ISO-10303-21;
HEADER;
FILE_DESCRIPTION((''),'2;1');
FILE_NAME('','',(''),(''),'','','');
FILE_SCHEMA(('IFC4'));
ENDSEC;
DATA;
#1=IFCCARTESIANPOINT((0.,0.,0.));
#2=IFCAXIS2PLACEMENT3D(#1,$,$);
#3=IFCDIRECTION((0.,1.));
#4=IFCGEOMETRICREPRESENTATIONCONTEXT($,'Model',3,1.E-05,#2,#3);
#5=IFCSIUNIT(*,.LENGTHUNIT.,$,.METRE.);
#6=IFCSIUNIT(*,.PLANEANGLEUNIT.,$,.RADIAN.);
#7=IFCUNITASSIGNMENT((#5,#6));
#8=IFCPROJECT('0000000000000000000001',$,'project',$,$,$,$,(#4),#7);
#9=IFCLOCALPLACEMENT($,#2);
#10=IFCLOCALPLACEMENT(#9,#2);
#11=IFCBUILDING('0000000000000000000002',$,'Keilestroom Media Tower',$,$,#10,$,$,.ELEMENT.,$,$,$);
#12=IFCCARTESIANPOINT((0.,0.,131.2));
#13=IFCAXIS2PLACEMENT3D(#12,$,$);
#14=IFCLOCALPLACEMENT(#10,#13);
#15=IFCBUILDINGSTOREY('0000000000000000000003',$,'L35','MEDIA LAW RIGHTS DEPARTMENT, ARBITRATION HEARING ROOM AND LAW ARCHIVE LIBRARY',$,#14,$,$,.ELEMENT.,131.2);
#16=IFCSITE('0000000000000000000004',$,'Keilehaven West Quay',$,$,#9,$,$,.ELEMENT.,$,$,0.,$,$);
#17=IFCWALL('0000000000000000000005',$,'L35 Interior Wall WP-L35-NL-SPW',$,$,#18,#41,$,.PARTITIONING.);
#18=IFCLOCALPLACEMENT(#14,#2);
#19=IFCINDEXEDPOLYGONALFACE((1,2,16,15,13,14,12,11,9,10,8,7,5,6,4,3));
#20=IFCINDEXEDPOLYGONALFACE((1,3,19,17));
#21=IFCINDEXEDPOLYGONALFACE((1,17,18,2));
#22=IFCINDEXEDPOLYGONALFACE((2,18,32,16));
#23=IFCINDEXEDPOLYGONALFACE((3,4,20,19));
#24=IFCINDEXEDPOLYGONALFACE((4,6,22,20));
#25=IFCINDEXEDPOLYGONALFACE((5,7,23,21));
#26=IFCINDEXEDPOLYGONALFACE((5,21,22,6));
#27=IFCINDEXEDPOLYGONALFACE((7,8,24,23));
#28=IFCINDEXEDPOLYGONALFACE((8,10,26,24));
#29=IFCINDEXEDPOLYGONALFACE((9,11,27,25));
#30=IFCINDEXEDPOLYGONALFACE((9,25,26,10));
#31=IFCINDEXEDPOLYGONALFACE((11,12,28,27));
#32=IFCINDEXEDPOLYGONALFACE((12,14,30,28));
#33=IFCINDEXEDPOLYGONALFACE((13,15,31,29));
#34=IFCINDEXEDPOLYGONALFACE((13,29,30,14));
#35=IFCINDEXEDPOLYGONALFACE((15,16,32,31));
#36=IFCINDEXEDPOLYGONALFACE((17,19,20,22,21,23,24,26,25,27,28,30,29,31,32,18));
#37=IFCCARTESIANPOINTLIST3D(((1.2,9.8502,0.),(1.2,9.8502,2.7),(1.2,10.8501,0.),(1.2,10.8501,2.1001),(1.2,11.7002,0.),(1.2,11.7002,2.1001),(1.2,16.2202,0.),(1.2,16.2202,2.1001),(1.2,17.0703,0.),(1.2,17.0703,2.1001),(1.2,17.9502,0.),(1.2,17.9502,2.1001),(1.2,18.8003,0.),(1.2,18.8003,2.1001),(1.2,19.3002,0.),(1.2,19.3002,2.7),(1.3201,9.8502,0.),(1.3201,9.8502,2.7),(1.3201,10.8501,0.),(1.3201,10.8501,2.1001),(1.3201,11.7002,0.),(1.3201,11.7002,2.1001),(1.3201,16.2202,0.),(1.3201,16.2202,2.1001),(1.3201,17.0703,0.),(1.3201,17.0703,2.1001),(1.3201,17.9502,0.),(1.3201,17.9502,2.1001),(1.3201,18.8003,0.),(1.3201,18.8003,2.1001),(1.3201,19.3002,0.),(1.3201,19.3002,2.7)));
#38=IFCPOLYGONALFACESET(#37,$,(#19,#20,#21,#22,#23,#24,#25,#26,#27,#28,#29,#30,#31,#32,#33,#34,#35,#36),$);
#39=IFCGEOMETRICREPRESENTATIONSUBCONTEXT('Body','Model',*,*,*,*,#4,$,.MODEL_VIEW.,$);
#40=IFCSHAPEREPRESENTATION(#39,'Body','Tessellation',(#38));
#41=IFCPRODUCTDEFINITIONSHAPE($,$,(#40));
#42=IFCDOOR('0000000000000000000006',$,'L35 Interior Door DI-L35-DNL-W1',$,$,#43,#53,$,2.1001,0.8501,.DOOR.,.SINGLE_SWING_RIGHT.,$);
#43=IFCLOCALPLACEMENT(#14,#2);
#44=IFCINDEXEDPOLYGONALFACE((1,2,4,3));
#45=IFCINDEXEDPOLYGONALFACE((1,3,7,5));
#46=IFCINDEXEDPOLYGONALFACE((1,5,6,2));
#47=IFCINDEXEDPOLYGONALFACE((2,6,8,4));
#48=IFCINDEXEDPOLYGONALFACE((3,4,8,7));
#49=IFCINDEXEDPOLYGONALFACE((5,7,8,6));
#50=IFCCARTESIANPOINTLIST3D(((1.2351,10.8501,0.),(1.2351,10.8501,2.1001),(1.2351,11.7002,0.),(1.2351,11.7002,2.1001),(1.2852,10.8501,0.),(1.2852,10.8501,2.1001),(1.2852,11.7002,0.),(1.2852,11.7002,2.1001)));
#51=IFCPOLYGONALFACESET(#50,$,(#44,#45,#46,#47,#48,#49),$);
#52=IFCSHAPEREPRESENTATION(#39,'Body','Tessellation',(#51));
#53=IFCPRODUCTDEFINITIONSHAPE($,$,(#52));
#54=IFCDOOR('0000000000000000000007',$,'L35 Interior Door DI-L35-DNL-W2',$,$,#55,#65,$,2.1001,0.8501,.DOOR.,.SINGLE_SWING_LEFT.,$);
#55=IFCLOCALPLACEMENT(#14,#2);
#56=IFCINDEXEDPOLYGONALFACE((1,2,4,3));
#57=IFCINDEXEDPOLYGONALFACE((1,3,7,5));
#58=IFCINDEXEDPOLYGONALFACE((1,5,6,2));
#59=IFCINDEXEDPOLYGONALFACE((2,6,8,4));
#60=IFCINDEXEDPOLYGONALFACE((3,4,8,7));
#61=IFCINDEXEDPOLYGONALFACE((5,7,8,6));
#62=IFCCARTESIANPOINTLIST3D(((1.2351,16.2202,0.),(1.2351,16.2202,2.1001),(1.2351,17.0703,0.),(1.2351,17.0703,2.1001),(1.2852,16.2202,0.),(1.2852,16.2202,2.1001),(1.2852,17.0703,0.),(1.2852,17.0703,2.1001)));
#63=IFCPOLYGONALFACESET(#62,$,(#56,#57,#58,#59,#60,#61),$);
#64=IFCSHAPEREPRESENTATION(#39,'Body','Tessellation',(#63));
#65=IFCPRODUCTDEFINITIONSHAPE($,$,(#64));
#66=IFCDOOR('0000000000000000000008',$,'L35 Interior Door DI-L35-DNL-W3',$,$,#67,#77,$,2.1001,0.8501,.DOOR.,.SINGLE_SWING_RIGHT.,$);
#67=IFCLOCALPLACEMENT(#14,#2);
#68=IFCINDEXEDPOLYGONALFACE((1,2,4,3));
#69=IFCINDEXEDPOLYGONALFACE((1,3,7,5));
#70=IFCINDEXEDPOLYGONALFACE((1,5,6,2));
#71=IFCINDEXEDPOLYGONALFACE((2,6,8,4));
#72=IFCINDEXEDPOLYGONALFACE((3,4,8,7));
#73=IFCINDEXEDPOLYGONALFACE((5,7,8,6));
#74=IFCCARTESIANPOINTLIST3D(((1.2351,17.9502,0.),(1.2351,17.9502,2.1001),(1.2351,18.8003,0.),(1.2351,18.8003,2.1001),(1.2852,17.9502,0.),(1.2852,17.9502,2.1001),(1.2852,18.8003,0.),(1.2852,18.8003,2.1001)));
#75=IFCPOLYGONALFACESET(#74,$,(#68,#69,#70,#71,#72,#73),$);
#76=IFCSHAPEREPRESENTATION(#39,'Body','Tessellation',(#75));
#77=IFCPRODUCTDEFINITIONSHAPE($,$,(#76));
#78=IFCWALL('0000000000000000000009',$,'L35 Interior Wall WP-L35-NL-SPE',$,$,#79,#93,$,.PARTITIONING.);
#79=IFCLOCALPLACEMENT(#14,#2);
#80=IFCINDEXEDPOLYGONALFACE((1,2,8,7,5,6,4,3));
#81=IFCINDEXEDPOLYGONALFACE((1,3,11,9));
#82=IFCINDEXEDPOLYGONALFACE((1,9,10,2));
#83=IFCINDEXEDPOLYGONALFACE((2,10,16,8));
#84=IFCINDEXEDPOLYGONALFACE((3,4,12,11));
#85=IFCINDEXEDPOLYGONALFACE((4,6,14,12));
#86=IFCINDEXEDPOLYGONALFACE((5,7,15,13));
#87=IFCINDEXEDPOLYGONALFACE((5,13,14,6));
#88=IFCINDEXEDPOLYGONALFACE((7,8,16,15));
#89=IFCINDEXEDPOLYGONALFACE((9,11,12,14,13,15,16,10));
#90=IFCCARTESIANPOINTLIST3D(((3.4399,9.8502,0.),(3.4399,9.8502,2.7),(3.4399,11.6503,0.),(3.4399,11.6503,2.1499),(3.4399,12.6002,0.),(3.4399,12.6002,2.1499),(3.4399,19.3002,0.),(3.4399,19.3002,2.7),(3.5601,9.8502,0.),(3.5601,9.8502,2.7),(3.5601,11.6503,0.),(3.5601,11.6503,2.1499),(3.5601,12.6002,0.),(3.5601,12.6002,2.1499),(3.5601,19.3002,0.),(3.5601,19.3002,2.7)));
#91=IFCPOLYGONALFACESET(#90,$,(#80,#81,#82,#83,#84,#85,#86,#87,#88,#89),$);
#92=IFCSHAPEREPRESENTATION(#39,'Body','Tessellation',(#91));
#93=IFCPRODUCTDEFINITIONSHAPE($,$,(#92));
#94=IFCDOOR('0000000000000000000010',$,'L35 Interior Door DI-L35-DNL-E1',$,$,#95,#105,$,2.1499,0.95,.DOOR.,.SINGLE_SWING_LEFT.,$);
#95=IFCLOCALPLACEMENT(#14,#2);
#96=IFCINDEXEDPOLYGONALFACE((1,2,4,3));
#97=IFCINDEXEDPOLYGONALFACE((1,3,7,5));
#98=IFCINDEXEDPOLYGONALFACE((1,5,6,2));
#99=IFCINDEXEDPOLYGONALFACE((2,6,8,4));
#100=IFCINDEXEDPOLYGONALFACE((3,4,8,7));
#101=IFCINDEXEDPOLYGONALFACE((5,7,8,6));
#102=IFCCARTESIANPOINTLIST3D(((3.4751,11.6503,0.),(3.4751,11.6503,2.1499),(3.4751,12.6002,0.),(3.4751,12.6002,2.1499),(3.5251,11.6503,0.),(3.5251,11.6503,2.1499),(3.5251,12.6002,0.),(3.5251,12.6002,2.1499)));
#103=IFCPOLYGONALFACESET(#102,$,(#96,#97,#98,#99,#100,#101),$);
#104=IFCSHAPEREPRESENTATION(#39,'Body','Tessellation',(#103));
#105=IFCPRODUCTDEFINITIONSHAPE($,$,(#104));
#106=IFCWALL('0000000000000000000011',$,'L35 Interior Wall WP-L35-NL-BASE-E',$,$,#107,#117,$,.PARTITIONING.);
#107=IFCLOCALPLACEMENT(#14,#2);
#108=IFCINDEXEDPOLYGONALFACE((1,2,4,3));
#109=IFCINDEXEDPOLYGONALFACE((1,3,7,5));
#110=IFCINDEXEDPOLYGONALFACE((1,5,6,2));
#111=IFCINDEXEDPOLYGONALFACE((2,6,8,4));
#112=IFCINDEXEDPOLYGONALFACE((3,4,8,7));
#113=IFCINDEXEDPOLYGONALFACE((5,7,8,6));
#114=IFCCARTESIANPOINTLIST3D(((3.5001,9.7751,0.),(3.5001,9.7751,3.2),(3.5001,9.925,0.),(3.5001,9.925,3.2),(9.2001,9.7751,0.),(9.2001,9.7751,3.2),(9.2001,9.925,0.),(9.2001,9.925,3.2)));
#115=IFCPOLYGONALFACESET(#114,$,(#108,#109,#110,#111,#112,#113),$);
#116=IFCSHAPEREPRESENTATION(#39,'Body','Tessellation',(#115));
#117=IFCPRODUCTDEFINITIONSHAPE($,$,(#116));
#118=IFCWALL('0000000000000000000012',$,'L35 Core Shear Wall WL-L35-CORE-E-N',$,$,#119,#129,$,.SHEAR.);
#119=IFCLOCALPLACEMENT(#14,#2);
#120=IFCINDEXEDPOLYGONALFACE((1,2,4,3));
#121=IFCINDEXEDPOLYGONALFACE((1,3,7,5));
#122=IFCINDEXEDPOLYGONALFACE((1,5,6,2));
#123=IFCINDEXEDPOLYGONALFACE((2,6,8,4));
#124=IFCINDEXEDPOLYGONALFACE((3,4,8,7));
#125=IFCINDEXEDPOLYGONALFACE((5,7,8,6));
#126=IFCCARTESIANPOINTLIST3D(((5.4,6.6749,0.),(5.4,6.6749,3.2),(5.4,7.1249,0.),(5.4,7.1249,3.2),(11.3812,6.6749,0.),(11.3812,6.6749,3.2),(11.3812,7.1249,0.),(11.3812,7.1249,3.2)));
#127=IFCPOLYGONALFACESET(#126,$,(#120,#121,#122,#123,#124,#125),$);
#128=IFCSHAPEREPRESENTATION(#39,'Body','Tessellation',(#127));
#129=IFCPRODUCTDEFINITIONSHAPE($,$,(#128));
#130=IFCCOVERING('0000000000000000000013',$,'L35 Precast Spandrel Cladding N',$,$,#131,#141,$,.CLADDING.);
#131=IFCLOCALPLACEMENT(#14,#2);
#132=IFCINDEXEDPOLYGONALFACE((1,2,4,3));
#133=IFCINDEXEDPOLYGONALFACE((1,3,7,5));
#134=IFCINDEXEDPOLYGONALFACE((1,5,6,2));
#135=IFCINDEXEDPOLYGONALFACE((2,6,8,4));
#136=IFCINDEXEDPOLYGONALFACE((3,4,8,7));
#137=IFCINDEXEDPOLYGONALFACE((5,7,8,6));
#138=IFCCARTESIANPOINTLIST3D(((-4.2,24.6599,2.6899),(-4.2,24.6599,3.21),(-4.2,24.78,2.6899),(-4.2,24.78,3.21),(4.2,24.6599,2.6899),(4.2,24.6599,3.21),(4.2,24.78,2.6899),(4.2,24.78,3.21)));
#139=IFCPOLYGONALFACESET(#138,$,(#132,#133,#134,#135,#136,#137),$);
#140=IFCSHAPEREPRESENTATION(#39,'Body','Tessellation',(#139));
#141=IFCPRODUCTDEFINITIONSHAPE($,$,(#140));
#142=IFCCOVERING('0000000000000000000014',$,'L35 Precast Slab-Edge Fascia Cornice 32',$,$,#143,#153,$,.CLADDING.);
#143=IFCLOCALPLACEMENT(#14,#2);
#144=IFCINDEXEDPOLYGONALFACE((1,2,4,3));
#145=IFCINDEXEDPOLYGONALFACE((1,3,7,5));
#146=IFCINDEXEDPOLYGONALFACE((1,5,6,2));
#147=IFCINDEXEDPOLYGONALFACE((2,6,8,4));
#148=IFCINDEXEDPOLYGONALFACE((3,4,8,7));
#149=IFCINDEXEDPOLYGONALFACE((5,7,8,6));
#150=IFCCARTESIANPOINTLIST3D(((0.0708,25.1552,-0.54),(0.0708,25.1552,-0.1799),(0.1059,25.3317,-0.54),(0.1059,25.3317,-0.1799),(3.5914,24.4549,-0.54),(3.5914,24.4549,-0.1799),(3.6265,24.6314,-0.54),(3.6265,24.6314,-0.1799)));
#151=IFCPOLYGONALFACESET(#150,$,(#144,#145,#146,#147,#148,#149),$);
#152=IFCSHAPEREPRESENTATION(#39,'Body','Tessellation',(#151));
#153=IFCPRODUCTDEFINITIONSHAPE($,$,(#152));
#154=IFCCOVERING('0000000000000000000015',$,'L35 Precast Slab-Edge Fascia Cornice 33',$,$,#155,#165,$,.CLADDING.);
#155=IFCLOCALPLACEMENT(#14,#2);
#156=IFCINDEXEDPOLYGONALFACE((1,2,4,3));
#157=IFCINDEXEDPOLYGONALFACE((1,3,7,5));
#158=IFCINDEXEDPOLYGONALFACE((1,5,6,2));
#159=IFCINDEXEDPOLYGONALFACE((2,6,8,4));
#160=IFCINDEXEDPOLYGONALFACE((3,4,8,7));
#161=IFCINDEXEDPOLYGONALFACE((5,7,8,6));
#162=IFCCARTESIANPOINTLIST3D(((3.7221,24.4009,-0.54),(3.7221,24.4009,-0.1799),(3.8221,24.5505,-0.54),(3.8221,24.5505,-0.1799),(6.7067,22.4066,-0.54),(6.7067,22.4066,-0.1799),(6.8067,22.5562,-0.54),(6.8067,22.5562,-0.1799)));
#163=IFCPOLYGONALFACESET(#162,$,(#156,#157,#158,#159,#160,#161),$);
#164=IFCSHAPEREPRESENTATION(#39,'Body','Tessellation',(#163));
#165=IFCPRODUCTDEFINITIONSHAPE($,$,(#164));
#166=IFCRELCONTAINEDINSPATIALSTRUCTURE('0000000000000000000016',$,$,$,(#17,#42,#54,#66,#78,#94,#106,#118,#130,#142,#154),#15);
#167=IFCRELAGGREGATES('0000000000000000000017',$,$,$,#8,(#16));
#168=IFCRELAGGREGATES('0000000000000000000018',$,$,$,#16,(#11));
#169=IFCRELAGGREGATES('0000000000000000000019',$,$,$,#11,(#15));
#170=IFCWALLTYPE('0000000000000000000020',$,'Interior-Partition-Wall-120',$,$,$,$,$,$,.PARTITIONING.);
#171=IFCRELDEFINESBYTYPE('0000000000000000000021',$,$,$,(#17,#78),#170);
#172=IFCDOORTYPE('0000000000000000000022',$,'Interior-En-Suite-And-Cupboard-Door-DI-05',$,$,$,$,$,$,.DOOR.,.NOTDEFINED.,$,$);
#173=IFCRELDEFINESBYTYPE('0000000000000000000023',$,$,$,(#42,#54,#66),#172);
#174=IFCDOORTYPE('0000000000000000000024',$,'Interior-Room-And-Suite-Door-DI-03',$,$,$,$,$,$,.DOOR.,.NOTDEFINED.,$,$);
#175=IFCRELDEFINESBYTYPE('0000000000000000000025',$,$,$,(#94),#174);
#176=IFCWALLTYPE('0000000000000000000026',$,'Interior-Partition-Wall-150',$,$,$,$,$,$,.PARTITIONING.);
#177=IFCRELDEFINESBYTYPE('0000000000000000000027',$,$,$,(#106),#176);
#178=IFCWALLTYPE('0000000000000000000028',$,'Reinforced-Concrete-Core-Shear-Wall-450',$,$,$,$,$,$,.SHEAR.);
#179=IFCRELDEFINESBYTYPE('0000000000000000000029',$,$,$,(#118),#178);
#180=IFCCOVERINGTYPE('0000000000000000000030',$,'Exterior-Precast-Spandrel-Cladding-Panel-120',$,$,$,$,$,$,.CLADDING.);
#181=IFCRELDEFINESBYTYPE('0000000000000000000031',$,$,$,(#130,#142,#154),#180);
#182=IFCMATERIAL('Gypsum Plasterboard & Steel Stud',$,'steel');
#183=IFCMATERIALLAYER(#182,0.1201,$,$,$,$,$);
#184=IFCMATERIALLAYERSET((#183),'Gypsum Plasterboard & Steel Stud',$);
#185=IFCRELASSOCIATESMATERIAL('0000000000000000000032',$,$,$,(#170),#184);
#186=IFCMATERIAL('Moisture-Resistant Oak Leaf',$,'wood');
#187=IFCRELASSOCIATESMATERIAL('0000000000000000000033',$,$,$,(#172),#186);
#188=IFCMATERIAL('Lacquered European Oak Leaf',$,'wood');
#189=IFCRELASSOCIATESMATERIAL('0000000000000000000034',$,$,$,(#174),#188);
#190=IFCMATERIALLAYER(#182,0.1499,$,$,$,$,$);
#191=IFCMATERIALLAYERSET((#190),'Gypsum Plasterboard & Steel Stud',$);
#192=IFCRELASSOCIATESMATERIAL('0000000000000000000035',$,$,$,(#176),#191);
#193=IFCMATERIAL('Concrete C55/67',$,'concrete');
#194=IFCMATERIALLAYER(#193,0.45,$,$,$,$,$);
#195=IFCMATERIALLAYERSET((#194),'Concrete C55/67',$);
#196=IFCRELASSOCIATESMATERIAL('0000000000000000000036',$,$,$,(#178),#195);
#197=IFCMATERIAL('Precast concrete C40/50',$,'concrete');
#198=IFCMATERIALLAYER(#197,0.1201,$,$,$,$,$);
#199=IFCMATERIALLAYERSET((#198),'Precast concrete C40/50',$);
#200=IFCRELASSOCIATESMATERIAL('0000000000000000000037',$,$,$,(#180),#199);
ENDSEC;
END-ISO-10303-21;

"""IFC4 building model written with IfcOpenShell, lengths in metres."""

from ifc_helpers import new_model, si_unit, direction, frame, frame_2d, origin, origin_2d, place, context, subcontext, project, spatial, rectangle, extrude, source, transform, mapped, material, layer, layer_set, type_object, element, fill, save


model = new_model("IFC4")

# Units and contexts
model_context = context("Model", 3, precision=1e-05, world=origin(), true_north=direction((0.0, 1.0)))
body_context = subcontext(model_context, "Body", "Model", "MODEL_VIEW")
ifc_project = project(units=[si_unit("LENGTHUNIT", "METRE"), si_unit("PLANEANGLEUNIT", "RADIAN")], contexts=[model_context])

# Site, building, storey
site_placement = place(None, origin())
site = spatial("IfcSite", under=ifc_project, at=site_placement, Name="Keilehaven West Quay", CompositionType="ELEMENT", RefElevation=0.0)
building_placement = place(site_placement, origin())
building = spatial("IfcBuilding", under=site, at=building_placement, Name="Keilestroom Media Tower", CompositionType="ELEMENT")
storey_placement = place(building_placement, frame((0.0, 0.0, 131.2)))
storey = spatial("IfcBuildingStorey", under=building, at=storey_placement, Name="L35", Description="MEDIA LAW RIGHTS DEPARTMENT, ARBITRATION HEARING ROOM AND LAW ARCHIVE LIBRARY", CompositionType="ELEMENT", Elevation=131.2)

# Shared definitions
ifc_material_1 = material(Name="Concrete C55/67", Category="concrete")

# Shared definitions
ifc_material_2 = material(Name="Precast concrete C40/50", Category="concrete")

# Wall, openings, doors
ifc_material_3 = material(Name="Gypsum Plasterboard & Steel Stud", Category="steel")
ifc_layer_1 = layer(ifc_material_3, 0.1201)
ifc_layer_set_1 = layer_set([ifc_layer_1], Name="Gypsum Plasterboard & Steel Stud")
wall_type_1 = type_object("IfcWallType", Name="Interior-Partition-Wall-120", PredefinedType="PARTITIONING", material=ifc_layer_set_1)
wall_1_placement = place(storey_placement, frame((1.26, 9.8501, 0.0), z_axis=(0.0, 0.0, 1.0), x_axis=(0.0, 1.0, 0.0)))
wall_1 = element("IfcWall", 1, at=wall_1_placement, inside=storey, type_object=wall_type_1, Name="L35 Interior Wall WP-L35-NL-SPW", PredefinedType="PARTITIONING", context=body_context, shape_type="SweptSolid", body=[
    extrude(rectangle(XDim=9.45, YDim=0.1201, at=frame_2d((4.7251, 0.0))), origin(), (0.0, 0.0, 1.0), 2.7),
])
opening_1_placement = place(wall_1_placement, frame((1.0, 0.0, 0.0)))
opening_1 = element("IfcOpeningElement", 2, at=opening_1_placement, cuts=wall_1, PredefinedType="OPENING", context=body_context, shape_type="SweptSolid", body=[
    extrude(rectangle(XDim=0.8501, YDim=2.1001, at=frame_2d((0.425, 1.05))), frame((0.0, 0.0701, 0.0), z_axis=(0.0, -1.0, 0.0), x_axis=(1.0, 0.0, 0.0)), (0.0, 0.0, 1.0), 0.1401),
])
opening_2_placement = place(wall_1_placement, frame((6.3701, 0.0, 0.0)))
opening_2 = element("IfcOpeningElement", 3, at=opening_2_placement, cuts=wall_1, PredefinedType="OPENING", context=body_context, shape_type="SweptSolid", body=[
    extrude(rectangle(XDim=0.8501, YDim=2.1001, at=frame_2d((0.425, 1.05))), frame((0.0, 0.0701, 0.0), z_axis=(0.0, -1.0, 0.0), x_axis=(1.0, 0.0, 0.0)), (0.0, 0.0, 1.0), 0.1401),
])
opening_3_placement = place(wall_1_placement, frame((8.1001, 0.0, 0.0)))
opening_3 = element("IfcOpeningElement", 4, at=opening_3_placement, cuts=wall_1, PredefinedType="OPENING", context=body_context, shape_type="SweptSolid", body=[
    extrude(rectangle(XDim=0.8501, YDim=2.1001, at=frame_2d((0.425, 1.05))), frame((0.0, 0.0701, 0.0), z_axis=(0.0, -1.0, 0.0), x_axis=(1.0, 0.0, 0.0)), (0.0, 0.0, 1.0), 0.1401),
])
ifc_material_4 = material(Name="Moisture-Resistant Oak Leaf", Category="wood")
door_type_1 = type_object("IfcDoorType", Name="Interior-En-Suite-And-Cupboard-Door-DI-05", OperationType="NOTDEFINED", PredefinedType="DOOR", material=ifc_material_4)
shared_shape_1 = source(origin(), body_context, "Body", "SweptSolid", [
    extrude(rectangle(XDim=0.8501, YDim=2.1001, at=frame_2d((0.425, 1.05))), frame((0.0, 0.0249, 0.0), z_axis=(0.0, -1.0, 0.0), x_axis=(1.0, 0.0, 0.0)), (0.0, 0.0, 1.0), 0.05),
])
door_1_placement = place(opening_1_placement, origin())
door_1 = element("IfcDoor", 5, at=door_1_placement, inside=storey, type_object=door_type_1, Name="L35 Interior Door DI-L35-DNL-W1", OperationType="SINGLE_SWING_RIGHT", OverallHeight=2.1001, OverallWidth=0.8501, PredefinedType="DOOR", context=body_context, shape_type="MappedRepresentation", body=[
    mapped(shared_shape_1, transform((0.0, 0.0, 0.0), x_axis=(1.0, 0.0, 0.0), y_axis=(0.0, 1.0, 0.0), z_axis=(0.0, 0.0, 1.0), scale=1.0)),
])
fill(opening_1, door_1)
door_2_placement = place(opening_2_placement, origin())
door_2 = element("IfcDoor", 6, at=door_2_placement, inside=storey, type_object=door_type_1, Name="L35 Interior Door DI-L35-DNL-W2", OperationType="SINGLE_SWING_LEFT", OverallHeight=2.1001, OverallWidth=0.8501, PredefinedType="DOOR", context=body_context, shape_type="MappedRepresentation", body=[
    mapped(shared_shape_1, transform((0.0, 0.0, 0.0), x_axis=(1.0, 0.0, 0.0), y_axis=(0.0, 1.0, 0.0), z_axis=(0.0, 0.0, 1.0), scale=1.0)),
])
fill(opening_2, door_2)
door_3_placement = place(opening_3_placement, origin())
door_3 = element("IfcDoor", 7, at=door_3_placement, inside=storey, type_object=door_type_1, Name="L35 Interior Door DI-L35-DNL-W3", OperationType="SINGLE_SWING_RIGHT", OverallHeight=2.1001, OverallWidth=0.8501, PredefinedType="DOOR", context=body_context, shape_type="MappedRepresentation", body=[
    mapped(shared_shape_1, transform((0.0, 0.0, 0.0), x_axis=(1.0, 0.0, 0.0), y_axis=(0.0, 1.0, 0.0), z_axis=(0.0, 0.0, 1.0), scale=1.0)),
])
fill(opening_3, door_3)

# Wall, opening, door
wall_2_placement = place(storey_placement, frame((3.5, 9.8501, 0.0), z_axis=(0.0, 0.0, 1.0), x_axis=(0.0, 1.0, 0.0)))
wall_2 = element("IfcWall", 8, at=wall_2_placement, inside=storey, type_object=wall_type_1, Name="L35 Interior Wall WP-L35-NL-SPE", PredefinedType="PARTITIONING", context=body_context, shape_type="SweptSolid", body=[
    extrude(rectangle(XDim=9.45, YDim=0.1201, at=frame_2d((4.7251, 0.0))), origin(), (0.0, 0.0, 1.0), 2.7),
])
opening_4_placement = place(wall_2_placement, frame((1.8, 0.0, 0.0)))
opening_4 = element("IfcOpeningElement", 9, at=opening_4_placement, cuts=wall_2, PredefinedType="OPENING", context=body_context, shape_type="SweptSolid", body=[
    extrude(rectangle(XDim=0.95, YDim=2.1499, at=frame_2d((0.4751, 1.075))), frame((0.0, 0.0701, 0.0), z_axis=(0.0, -1.0, 0.0), x_axis=(1.0, 0.0, 0.0)), (0.0, 0.0, 1.0), 0.1401),
])
ifc_material_5 = material(Name="Lacquered European Oak Leaf", Category="wood")
door_type_2 = type_object("IfcDoorType", Name="Interior-Room-And-Suite-Door-DI-03", OperationType="NOTDEFINED", PredefinedType="DOOR", material=ifc_material_5)
shared_shape_2 = source(origin(), body_context, "Body", "SweptSolid", [
    extrude(rectangle(XDim=0.95, YDim=2.1499, at=frame_2d((0.4751, 1.075))), frame((0.0, 0.0249, 0.0), z_axis=(0.0, -1.0, 0.0), x_axis=(1.0, 0.0, 0.0)), (0.0, 0.0, 1.0), 0.05),
])
door_4_placement = place(opening_4_placement, origin())
door_4 = element("IfcDoor", 10, at=door_4_placement, inside=storey, type_object=door_type_2, Name="L35 Interior Door DI-L35-DNL-E1", OperationType="SINGLE_SWING_LEFT", OverallHeight=2.1499, OverallWidth=0.95, PredefinedType="DOOR", context=body_context, shape_type="MappedRepresentation", body=[
    mapped(shared_shape_2, transform((0.0, 0.0, 0.0), x_axis=(1.0, 0.0, 0.0), y_axis=(0.0, 1.0, 0.0), z_axis=(0.0, 0.0, 1.0), scale=1.0)),
])
fill(opening_4, door_4)

# Walls
ifc_layer_2 = layer(ifc_material_3, 0.1499)
ifc_layer_set_2 = layer_set([ifc_layer_2], Name="Gypsum Plasterboard & Steel Stud")
wall_type_2 = type_object("IfcWallType", Name="Interior-Partition-Wall-150", PredefinedType="PARTITIONING", material=ifc_layer_set_2)
wall_3_placement = place(storey_placement, frame((3.5, 9.8501, 0.0), z_axis=(0.0, 0.0, 1.0), x_axis=(1.0, 0.0, 0.0)))
element("IfcWall", 11, at=wall_3_placement, inside=storey, type_object=wall_type_2, Name="L35 Interior Wall WP-L35-NL-BASE-E", PredefinedType="PARTITIONING", context=body_context, shape_type="SweptSolid", body=[
    extrude(rectangle(XDim=5.7, YDim=0.1499, at=frame_2d((2.8501, 0.0))), origin(), (0.0, 0.0, 1.0), 3.2),
])
ifc_layer_3 = layer(ifc_material_1, 0.45)
ifc_layer_set_3 = layer_set([ifc_layer_3], Name="Concrete C55/67")
wall_type_3 = type_object("IfcWallType", Name="Reinforced-Concrete-Core-Shear-Wall-450", PredefinedType="SHEAR", material=ifc_layer_set_3)
wall_4_placement = place(storey_placement, frame((5.3999, 6.8999, 0.0), z_axis=(0.0, 0.0, 1.0), x_axis=(1.0, 0.0, 0.0)))
element("IfcWall", 12, at=wall_4_placement, inside=storey, type_object=wall_type_3, Name="L35 Core Shear Wall WL-L35-CORE-E-N", PredefinedType="SHEAR", context=body_context, shape_type="SweptSolid", body=[
    extrude(rectangle(XDim=5.9812, YDim=0.45, at=frame_2d((2.9907, 0.0))), origin(), (0.0, 0.0, 1.0), 3.2),
])

# Coverings
ifc_layer_4 = layer(ifc_material_2, 0.1201)
ifc_layer_set_4 = layer_set([ifc_layer_4], Name="Precast concrete C40/50")
covering_type = type_object("IfcCoveringType", Name="Exterior-Precast-Spandrel-Cladding-Panel-120", PredefinedType="CLADDING", material=ifc_layer_set_4)
shared_shape_3 = source(origin(), body_context, "Body", "SweptSolid", [
    extrude(rectangle(XDim=8.3999, YDim=0.1201, at=origin_2d()), origin(), (0.0, 0.0, 1.0), 0.52),
])
covering_placement = place(storey_placement, frame((0.0, 24.72, 2.6899), z_axis=(0.0, 0.0, 1.0), x_axis=(1.0, 0.0, 0.0)))
element("IfcCovering", 13, at=covering_placement, inside=storey, type_object=covering_type, Name="L35 Precast Spandrel Cladding N", PredefinedType="CLADDING", context=body_context, shape_type="MappedRepresentation", body=[
    mapped(shared_shape_3, transform((0.0, 0.0, 0.0), x_axis=(1.0, 0.0, 0.0), y_axis=(0.0, 1.0, 0.0), z_axis=(0.0, 0.0, 1.0), scale=1.0)),
])
shared_shape_4 = source(origin(), body_context, "Body", "SweptSolid", [
    extrude(rectangle(XDim=3.5896, YDim=0.1799, at=origin_2d()), origin(), (0.0, 0.0, 1.0), 0.3601),
])
for number, where, z_axis, x_axis, name in (
    (14, (1.8486, 24.8933, -0.54), (0.0, 0.0, 1.0), (0.980784, -0.195099, 0.0), "L35 Precast Slab-Edge Fascia Cornice 32"),
    (15, (5.2644, 23.4785, -0.54), (0.0, 0.0, 1.0), (0.831467, -0.555575, 0.0), "L35 Precast Slab-Edge Fascia Cornice 33"),
):
    element("IfcCovering", number, at=place(storey_placement, frame(where, z_axis=z_axis, x_axis=x_axis)), inside=storey, type_object=covering_type, Name=name, PredefinedType="CLADDING", context=body_context, shape_type="MappedRepresentation", body=[
        mapped(shared_shape_4, transform((0.0, 0.0, 0.0), x_axis=(1.0, 0.0, 0.0), y_axis=(0.0, 1.0, 0.0), z_axis=(0.0, 0.0, 1.0), scale=1.0)),
    ])

save(model, "model.ifc")
